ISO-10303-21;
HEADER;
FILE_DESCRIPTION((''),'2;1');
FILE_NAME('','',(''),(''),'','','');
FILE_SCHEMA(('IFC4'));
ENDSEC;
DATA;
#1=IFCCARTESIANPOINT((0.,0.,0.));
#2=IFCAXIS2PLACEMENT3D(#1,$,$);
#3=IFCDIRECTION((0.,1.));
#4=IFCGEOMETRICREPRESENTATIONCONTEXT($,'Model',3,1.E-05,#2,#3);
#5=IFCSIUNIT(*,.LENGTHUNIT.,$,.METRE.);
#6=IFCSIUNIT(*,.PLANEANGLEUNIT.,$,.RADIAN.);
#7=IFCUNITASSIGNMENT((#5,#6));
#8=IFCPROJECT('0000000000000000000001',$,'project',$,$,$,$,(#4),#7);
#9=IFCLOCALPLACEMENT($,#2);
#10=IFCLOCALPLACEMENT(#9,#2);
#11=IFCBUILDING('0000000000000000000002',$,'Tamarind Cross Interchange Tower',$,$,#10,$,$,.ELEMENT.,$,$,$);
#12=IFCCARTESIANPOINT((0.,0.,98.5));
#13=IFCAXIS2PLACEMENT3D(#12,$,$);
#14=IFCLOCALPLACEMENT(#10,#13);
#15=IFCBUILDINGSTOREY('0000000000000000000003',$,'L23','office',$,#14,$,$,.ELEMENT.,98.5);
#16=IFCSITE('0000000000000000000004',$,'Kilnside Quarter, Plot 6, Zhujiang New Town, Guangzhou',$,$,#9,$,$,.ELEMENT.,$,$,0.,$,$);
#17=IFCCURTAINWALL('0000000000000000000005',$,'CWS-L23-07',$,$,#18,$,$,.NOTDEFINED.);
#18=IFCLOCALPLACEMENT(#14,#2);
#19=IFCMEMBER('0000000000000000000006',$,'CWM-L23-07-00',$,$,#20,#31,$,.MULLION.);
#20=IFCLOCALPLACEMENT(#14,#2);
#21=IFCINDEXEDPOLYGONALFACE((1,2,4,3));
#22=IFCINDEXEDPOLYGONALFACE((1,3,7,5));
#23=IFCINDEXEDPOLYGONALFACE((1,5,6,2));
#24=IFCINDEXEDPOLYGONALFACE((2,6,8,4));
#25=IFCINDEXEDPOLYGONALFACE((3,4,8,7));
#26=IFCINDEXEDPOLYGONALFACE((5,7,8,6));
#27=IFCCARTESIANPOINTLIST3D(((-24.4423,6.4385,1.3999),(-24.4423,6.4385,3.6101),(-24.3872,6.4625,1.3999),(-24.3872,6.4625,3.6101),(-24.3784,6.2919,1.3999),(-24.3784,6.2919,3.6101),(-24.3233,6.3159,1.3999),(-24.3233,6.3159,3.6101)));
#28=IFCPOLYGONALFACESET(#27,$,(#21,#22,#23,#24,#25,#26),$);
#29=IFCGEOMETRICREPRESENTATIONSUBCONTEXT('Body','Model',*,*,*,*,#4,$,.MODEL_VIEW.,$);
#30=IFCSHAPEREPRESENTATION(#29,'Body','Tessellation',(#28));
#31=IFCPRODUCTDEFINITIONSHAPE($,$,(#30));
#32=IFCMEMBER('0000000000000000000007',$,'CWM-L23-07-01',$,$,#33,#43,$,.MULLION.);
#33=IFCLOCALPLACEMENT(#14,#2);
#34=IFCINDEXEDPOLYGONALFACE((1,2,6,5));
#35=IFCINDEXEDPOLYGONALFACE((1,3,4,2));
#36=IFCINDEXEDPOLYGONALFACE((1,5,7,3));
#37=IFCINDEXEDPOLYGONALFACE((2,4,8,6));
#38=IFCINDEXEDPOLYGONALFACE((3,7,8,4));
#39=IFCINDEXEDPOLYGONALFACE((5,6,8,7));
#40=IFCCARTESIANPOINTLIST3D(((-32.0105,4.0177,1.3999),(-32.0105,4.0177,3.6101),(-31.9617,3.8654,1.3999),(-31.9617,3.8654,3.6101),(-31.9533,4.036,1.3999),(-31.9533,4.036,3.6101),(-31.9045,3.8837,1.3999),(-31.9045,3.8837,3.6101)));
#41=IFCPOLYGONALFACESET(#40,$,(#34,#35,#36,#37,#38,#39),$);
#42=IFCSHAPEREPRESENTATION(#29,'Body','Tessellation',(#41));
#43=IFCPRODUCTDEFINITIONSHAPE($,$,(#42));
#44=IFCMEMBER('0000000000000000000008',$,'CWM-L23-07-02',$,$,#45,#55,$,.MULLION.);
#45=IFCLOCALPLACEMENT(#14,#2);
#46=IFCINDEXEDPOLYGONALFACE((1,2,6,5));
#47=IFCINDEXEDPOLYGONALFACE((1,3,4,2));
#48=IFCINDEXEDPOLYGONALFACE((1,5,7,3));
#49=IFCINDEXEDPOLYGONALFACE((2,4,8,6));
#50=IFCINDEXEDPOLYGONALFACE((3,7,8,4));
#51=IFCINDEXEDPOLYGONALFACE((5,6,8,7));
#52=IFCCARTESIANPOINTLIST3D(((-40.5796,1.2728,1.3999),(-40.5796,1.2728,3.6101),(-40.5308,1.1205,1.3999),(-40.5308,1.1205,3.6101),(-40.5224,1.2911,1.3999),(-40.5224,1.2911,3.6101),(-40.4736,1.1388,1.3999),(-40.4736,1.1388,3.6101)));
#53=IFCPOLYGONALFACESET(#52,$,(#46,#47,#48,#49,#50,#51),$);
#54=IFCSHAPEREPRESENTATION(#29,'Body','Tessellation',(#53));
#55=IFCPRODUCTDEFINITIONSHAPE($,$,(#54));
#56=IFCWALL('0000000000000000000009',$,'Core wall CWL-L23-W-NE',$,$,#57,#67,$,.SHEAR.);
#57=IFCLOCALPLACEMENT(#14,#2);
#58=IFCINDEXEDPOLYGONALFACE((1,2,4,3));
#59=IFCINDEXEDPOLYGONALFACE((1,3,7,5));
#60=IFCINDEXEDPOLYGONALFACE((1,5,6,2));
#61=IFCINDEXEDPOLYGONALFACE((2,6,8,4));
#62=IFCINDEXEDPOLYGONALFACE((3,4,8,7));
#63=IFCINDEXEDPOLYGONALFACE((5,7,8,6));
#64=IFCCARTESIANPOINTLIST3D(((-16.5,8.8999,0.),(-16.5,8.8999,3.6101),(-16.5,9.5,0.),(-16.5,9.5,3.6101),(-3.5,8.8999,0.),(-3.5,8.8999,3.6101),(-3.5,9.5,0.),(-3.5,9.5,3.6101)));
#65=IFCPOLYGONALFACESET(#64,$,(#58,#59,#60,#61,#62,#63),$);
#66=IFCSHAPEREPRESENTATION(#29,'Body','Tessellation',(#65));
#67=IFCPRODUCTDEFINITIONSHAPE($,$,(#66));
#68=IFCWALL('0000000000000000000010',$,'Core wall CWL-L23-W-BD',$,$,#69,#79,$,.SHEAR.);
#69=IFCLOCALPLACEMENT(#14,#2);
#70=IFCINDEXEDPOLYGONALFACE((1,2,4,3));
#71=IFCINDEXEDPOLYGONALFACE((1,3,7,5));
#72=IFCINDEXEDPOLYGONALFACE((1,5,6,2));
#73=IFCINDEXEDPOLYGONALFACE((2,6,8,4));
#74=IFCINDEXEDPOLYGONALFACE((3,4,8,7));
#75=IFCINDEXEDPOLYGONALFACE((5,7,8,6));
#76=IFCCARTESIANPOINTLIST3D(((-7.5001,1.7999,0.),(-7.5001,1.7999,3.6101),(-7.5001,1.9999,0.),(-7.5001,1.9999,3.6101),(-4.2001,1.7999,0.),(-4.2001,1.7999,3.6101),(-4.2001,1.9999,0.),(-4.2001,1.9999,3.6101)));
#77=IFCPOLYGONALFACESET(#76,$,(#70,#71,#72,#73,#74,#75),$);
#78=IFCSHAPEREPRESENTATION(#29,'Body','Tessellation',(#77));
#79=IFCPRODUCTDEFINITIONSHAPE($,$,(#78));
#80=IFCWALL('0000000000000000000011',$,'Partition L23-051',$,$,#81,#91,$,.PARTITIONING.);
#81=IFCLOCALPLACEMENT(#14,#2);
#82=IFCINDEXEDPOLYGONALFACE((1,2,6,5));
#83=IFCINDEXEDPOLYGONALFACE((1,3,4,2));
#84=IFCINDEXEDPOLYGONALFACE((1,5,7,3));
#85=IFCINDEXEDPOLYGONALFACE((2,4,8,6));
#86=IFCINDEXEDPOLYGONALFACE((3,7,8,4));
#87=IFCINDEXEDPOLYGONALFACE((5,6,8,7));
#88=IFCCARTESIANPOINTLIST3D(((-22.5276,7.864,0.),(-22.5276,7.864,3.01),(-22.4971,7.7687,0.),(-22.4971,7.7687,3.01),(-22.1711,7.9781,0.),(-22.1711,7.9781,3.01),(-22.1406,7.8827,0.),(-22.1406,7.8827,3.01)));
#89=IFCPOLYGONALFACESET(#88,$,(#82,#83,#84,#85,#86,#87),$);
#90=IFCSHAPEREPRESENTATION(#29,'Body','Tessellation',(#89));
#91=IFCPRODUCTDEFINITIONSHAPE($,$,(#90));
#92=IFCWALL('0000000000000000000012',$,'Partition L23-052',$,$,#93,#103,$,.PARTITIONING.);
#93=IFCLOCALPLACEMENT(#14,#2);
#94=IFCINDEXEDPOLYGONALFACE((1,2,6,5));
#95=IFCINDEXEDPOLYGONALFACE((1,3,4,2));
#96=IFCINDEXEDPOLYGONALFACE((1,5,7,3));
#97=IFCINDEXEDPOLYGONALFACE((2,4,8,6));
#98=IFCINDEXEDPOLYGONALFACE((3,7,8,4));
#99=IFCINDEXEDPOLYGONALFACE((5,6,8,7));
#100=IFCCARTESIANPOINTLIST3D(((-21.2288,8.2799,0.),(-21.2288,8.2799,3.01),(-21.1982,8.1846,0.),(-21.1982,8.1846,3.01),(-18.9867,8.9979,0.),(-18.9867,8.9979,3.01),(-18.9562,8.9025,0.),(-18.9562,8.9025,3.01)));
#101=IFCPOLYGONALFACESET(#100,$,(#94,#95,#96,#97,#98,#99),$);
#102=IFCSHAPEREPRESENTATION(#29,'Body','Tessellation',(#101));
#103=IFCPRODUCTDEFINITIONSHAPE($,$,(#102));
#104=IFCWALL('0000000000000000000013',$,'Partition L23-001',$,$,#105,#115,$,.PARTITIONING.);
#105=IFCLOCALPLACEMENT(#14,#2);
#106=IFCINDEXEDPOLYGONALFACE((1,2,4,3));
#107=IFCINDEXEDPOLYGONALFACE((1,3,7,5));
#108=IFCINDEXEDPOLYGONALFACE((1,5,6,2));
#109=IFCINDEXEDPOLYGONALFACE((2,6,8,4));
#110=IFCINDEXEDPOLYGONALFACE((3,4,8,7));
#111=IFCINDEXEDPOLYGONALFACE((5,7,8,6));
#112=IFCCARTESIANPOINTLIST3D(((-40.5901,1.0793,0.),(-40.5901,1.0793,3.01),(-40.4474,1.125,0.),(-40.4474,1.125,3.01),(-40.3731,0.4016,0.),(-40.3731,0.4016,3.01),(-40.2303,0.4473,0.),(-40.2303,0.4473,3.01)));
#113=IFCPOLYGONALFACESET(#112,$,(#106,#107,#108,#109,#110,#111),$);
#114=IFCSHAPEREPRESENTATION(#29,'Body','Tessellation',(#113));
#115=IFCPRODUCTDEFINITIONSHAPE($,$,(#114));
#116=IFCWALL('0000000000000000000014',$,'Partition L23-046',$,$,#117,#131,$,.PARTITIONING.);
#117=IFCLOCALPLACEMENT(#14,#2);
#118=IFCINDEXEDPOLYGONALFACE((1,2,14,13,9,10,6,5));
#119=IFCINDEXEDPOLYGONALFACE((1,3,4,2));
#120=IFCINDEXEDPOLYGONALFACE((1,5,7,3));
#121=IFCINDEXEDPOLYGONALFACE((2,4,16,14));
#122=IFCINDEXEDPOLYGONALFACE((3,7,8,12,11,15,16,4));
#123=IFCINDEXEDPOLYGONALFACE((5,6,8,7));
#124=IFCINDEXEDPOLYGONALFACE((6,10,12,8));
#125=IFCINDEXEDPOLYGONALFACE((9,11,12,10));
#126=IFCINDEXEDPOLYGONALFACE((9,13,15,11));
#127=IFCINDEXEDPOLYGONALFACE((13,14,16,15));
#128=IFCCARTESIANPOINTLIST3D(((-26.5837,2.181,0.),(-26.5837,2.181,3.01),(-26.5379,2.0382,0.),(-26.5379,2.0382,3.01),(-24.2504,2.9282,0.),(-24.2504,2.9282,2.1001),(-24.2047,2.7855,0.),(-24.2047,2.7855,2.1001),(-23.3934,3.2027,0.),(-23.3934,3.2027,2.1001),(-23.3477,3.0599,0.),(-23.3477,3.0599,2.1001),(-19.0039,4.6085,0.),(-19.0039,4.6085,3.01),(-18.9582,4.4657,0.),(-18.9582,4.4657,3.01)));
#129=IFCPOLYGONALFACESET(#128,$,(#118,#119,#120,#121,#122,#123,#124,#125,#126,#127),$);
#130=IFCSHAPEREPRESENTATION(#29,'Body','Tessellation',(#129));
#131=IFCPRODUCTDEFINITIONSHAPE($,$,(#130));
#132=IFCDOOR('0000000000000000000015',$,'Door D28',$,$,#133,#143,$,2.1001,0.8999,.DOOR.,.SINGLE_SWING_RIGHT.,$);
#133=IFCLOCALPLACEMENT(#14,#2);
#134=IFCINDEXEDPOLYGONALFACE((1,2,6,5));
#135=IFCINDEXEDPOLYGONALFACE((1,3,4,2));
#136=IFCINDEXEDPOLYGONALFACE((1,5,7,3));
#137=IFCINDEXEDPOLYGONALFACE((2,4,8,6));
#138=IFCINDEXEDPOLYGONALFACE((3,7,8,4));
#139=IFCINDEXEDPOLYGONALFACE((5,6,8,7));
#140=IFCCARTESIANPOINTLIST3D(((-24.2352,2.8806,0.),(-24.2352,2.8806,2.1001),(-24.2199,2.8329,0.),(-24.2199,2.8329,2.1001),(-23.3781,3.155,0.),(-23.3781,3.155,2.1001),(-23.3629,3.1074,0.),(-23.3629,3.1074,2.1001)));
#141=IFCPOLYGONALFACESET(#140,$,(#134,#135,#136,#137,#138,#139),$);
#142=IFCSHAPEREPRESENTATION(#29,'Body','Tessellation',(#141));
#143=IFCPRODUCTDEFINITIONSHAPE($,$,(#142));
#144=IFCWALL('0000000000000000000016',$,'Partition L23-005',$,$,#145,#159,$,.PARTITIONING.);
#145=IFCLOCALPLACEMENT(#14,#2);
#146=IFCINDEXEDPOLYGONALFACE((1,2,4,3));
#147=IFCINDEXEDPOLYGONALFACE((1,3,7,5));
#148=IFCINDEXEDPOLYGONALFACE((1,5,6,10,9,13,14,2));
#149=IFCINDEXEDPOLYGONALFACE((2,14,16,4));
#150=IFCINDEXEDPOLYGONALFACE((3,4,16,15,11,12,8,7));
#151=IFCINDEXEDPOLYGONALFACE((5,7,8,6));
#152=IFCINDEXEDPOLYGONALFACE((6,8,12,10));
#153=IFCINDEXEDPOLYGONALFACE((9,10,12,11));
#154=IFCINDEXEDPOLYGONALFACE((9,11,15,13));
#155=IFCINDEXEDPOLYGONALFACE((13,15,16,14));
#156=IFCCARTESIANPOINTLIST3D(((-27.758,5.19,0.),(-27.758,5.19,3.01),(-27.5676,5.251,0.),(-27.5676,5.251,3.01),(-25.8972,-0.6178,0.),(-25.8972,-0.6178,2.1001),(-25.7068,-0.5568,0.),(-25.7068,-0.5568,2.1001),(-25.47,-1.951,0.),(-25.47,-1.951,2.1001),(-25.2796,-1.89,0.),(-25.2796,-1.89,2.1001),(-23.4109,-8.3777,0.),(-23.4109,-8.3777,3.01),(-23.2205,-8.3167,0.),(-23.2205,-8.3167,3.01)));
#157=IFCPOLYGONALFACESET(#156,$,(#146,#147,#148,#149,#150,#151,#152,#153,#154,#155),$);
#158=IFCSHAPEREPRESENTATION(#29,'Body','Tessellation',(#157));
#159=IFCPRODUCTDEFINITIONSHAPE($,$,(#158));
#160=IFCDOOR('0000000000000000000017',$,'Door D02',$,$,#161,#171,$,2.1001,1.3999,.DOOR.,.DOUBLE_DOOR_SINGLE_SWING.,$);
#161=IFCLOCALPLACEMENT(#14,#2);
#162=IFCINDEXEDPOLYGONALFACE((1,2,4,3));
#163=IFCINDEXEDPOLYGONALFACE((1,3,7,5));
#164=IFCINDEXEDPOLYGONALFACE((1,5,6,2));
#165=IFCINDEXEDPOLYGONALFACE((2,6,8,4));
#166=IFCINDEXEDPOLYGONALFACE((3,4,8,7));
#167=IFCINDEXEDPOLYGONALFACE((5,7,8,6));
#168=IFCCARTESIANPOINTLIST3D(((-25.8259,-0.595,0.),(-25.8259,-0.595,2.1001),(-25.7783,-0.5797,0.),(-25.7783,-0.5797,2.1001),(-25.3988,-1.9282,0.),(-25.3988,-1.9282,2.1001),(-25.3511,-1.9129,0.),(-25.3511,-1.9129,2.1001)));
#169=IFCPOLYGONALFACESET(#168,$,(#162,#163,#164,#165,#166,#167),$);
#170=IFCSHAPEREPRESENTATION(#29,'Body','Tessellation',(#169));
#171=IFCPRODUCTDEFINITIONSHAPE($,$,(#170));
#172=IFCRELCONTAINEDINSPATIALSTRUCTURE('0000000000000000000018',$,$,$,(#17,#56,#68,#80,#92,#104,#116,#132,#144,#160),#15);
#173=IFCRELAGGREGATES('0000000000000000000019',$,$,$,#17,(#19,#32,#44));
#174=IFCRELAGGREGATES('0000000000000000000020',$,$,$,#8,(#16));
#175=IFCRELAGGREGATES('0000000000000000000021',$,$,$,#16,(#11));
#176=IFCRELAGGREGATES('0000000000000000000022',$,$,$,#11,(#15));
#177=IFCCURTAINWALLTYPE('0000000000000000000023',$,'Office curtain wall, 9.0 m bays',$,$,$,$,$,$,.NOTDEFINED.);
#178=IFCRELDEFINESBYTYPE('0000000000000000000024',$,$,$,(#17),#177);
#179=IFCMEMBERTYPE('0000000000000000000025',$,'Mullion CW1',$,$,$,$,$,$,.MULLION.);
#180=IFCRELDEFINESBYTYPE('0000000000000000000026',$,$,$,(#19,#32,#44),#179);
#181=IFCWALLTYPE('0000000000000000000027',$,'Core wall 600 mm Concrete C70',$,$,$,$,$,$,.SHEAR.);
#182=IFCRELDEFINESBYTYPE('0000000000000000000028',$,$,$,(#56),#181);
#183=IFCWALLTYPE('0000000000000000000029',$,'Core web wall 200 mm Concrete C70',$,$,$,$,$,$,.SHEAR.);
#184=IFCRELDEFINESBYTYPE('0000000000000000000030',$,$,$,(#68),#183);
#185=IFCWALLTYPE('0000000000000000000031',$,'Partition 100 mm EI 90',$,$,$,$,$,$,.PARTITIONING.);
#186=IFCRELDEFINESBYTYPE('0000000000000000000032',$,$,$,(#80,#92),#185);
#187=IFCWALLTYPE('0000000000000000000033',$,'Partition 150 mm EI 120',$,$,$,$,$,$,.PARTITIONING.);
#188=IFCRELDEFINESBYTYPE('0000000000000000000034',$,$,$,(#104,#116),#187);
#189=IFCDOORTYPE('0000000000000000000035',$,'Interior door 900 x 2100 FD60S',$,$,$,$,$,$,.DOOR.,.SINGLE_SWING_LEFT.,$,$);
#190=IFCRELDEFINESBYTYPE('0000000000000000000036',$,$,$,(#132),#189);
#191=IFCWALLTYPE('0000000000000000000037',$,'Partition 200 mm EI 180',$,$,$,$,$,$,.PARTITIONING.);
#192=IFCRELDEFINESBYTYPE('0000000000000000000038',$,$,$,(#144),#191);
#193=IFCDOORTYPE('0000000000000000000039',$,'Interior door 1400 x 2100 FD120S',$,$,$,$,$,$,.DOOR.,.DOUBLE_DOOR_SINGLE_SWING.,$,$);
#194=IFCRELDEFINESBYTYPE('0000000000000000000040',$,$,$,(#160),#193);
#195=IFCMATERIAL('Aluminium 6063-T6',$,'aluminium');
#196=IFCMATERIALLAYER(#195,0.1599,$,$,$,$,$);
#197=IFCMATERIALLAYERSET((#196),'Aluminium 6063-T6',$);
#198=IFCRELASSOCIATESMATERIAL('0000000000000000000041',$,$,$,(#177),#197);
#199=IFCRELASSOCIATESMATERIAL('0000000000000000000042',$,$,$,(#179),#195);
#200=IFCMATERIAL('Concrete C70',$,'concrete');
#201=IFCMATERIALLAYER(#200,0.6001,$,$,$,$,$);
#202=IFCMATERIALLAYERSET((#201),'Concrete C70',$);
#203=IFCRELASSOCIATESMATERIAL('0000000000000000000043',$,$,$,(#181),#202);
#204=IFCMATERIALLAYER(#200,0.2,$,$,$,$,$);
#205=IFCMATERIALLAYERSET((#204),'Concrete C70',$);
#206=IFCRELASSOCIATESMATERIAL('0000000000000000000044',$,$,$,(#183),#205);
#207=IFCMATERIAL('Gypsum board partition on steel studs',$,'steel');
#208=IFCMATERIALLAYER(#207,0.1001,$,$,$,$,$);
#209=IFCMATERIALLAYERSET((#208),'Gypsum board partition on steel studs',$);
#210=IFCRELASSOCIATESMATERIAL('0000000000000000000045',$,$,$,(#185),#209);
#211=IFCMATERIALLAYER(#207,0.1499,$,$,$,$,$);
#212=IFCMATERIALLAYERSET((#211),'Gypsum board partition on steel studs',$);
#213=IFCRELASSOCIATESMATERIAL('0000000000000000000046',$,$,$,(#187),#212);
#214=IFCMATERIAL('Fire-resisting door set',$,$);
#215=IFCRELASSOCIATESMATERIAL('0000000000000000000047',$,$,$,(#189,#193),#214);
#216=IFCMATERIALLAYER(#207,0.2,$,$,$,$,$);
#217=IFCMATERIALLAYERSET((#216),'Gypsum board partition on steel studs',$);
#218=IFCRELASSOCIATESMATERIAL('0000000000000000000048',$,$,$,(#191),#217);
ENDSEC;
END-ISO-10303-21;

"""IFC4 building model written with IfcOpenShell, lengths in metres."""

from ifc_helpers import new_model, si_unit, direction, frame, frame_2d, origin, origin_2d, place, context, subcontext, project, spatial, rectangle, extrude, material, layer, layer_set, material_profile, profile_set, type_object, element, fill, aggregate, save


model = new_model("IFC4")

# Units and contexts
model_context = context("Model", 3, precision=1e-05, world=origin(), true_north=direction((0.0, 1.0)))
body_context = subcontext(model_context, "Body", "Model", "MODEL_VIEW")
ifc_project = project(units=[si_unit("LENGTHUNIT", "METRE"), si_unit("PLANEANGLEUNIT", "RADIAN")], contexts=[model_context])

# Site, building, storey
site_placement = place(None, origin())
site = spatial("IfcSite", under=ifc_project, at=site_placement, Name="Kilnside Quarter, Plot 6, Zhujiang New Town, Guangzhou", CompositionType="ELEMENT", RefElevation=0.0)
building_placement = place(site_placement, origin())
building = spatial("IfcBuilding", under=site, at=building_placement, Name="Tamarind Cross Interchange Tower", CompositionType="ELEMENT")
storey_placement = place(building_placement, frame((0.0, 0.0, 98.5)))
storey = spatial("IfcBuildingStorey", under=building, at=storey_placement, Name="L23", Description="office", CompositionType="ELEMENT", Elevation=98.5)

# Curtain wall, members
ifc_material_1 = material(Name="Aluminium 6063-T6", Category="aluminium")
ifc_layer_1 = layer(ifc_material_1, 0.1599)
ifc_layer_set_1 = layer_set([ifc_layer_1], Name="Aluminium 6063-T6")
curtain_wall_type = type_object("IfcCurtainWallType", Name="Office curtain wall, 9.0 m bays", PredefinedType="NOTDEFINED", material=ifc_layer_set_1)
curtain_wall_placement = place(storey_placement, origin())
curtain_wall = element("IfcCurtainWall", 1, at=curtain_wall_placement, inside=storey, type_object=curtain_wall_type, Name="CWS-L23-07", PredefinedType="NOTDEFINED")
ifc_material_profile_1 = material_profile(ifc_material_1, rectangle(XDim=0.0601, YDim=0.1599, at=origin_2d()), Name="Mullion CW1")
ifc_profile_set_1 = profile_set([ifc_material_profile_1], Name="Aluminium 6063-T6")
member_type = type_object("IfcMemberType", Name="Mullion CW1", PredefinedType="MULLION", material=ifc_profile_set_1)
member_1_placement = place(storey_placement, frame((-24.3828, 6.3772, 1.3999), z_axis=(0.0, 0.0, 1.0), x_axis=(-0.916742, -0.399479, 0.0)))
member_1 = element("IfcMember", 2, at=member_1_placement, type_object=member_type, Name="CWM-L23-07-00", PredefinedType="MULLION", context=body_context, shape_type="SweptSolid", body=[
    extrude(rectangle(XDim=0.0601, YDim=0.1599, at=origin_2d()), origin(), (0.0, 0.0, 1.0), 2.2102),
])
member_2_placement = place(storey_placement, frame((-31.9575, 3.9507, 1.3999), z_axis=(0.0, 0.0, 1.0), x_axis=(-0.952334, -0.305057, 0.0)))
member_2 = element("IfcMember", 3, at=member_2_placement, type_object=member_type, Name="CWM-L23-07-01", PredefinedType="MULLION", context=body_context, shape_type="SweptSolid", body=[
    extrude(rectangle(XDim=0.0601, YDim=0.1599, at=origin_2d()), origin(), (0.0, 0.0, 1.0), 2.2102),
])
member_3_placement = place(storey_placement, frame((-40.5266, 1.2058, 1.3999), z_axis=(0.0, 0.0, 1.0), x_axis=(-0.952334, -0.305057, 0.0)))
member_3 = element("IfcMember", 4, at=member_3_placement, type_object=member_type, Name="CWM-L23-07-02", PredefinedType="MULLION", context=body_context, shape_type="SweptSolid", body=[
    extrude(rectangle(XDim=0.0601, YDim=0.1599, at=origin_2d()), origin(), (0.0, 0.0, 1.0), 2.2102),
])
aggregate(curtain_wall, [member_1, member_2, member_3])

# Walls
ifc_material_2 = material(Name="Concrete C70", Category="concrete")
ifc_layer_2 = layer(ifc_material_2, 0.6001)
ifc_layer_set_2 = layer_set([ifc_layer_2], Name="Concrete C70")
wall_type_1 = type_object("IfcWallType", Name="Core wall 600 mm Concrete C70", PredefinedType="SHEAR", material=ifc_layer_set_2)
wall_1_placement = place(storey_placement, frame((-16.5, 9.2, 0.0), z_axis=(0.0, 0.0, 1.0), x_axis=(1.0, 0.0, 0.0)))
element("IfcWall", 5, at=wall_1_placement, inside=storey, type_object=wall_type_1, Name="Core wall CWL-L23-W-NE", PredefinedType="SHEAR", context=body_context, shape_type="SweptSolid", body=[
    extrude(rectangle(XDim=13.0, YDim=0.6001, at=frame_2d((6.5, 0.0))), origin(), (0.0, 0.0, 1.0), 3.6101),
])
ifc_layer_3 = layer(ifc_material_2, 0.2)
ifc_layer_set_3 = layer_set([ifc_layer_3], Name="Concrete C70")
wall_type_2 = type_object("IfcWallType", Name="Core web wall 200 mm Concrete C70", PredefinedType="SHEAR", material=ifc_layer_set_3)
wall_2_placement = place(storey_placement, frame((-7.5, 1.8999, 0.0), z_axis=(0.0, 0.0, 1.0), x_axis=(1.0, 0.0, 0.0)))
element("IfcWall", 6, at=wall_2_placement, inside=storey, type_object=wall_type_2, Name="Core wall CWL-L23-W-BD", PredefinedType="SHEAR", context=body_context, shape_type="SweptSolid", body=[
    extrude(rectangle(XDim=3.3, YDim=0.2, at=frame_2d((1.6499, 0.0))), origin(), (0.0, 0.0, 1.0), 3.6101),
])
ifc_material_3 = material(Name="Gypsum board partition on steel studs", Category="steel")
ifc_layer_4 = layer(ifc_material_3, 0.1001)
ifc_layer_set_4 = layer_set([ifc_layer_4], Name="Gypsum board partition on steel studs")
wall_type_3 = type_object("IfcWallType", Name="Partition 100 mm EI 90", PredefinedType="PARTITIONING", material=ifc_layer_set_4)
wall_3_placement = place(storey_placement, frame((-22.5122, 7.8164, 0.0), z_axis=(0.0, 0.0, 1.0), x_axis=(0.952462, 0.304657, 0.0)))
element("IfcWall", 7, at=wall_3_placement, inside=storey, type_object=wall_type_3, Name="Partition L23-051", PredefinedType="PARTITIONING", context=body_context, shape_type="SweptSolid", body=[
    extrude(rectangle(XDim=0.3743, YDim=0.1001, at=frame_2d((0.187, 0.0))), origin(), (0.0, 0.0, 1.0), 3.01),
])
wall_4_placement = place(storey_placement, frame((-21.2136, 8.2322, 0.0), z_axis=(0.0, 0.0, 1.0), x_axis=(0.95236, 0.304975, 0.0)))
element("IfcWall", 8, at=wall_4_placement, inside=storey, type_object=wall_type_3, Name="Partition L23-052", PredefinedType="PARTITIONING", context=body_context, shape_type="SweptSolid", body=[
    extrude(rectangle(XDim=2.3542, YDim=0.1001, at=frame_2d((1.1772, 0.0))), origin(), (0.0, 0.0, 1.0), 3.01),
])
ifc_layer_5 = layer(ifc_material_3, 0.1499)
ifc_layer_set_5 = layer_set([ifc_layer_5], Name="Gypsum board partition on steel studs")
wall_type_4 = type_object("IfcWallType", Name="Partition 150 mm EI 120", PredefinedType="PARTITIONING", material=ifc_layer_set_5)
wall_5_placement = place(storey_placement, frame((-40.5188, 1.1023, 0.0), z_axis=(0.0, 0.0, 1.0), x_axis=(0.304987, -0.952356, 0.0)))
element("IfcWall", 9, at=wall_5_placement, inside=storey, type_object=wall_type_4, Name="Partition L23-001", PredefinedType="PARTITIONING", context=body_context, shape_type="SweptSolid", body=[
    extrude(rectangle(XDim=0.7117, YDim=0.1499, at=frame_2d((0.356, 0.0))), origin(), (0.0, 0.0, 1.0), 3.01),
])

# Walls, openings, doors
wall_6_placement = place(storey_placement, frame((-26.5608, 2.1096, 0.0), z_axis=(0.0, 0.0, 1.0), x_axis=(0.952353, 0.304997, 0.0)))
wall_6 = element("IfcWall", 10, at=wall_6_placement, inside=storey, type_object=wall_type_4, Name="Partition L23-046", PredefinedType="PARTITIONING", context=body_context, shape_type="SweptSolid", body=[
    extrude(rectangle(XDim=7.959, YDim=0.1499, at=frame_2d((3.9795, 0.0))), origin(), (0.0, 0.0, 1.0), 3.01),
])
opening_1_placement = place(wall_6_placement, frame((2.45, 0.0, 0.0)))
opening_1 = element("IfcOpeningElement", 11, at=opening_1_placement, cuts=wall_6, PredefinedType="OPENING", context=body_context, shape_type="SweptSolid", body=[
    extrude(rectangle(XDim=0.8999, YDim=2.1001, at=frame_2d((0.45, 1.05))), frame((0.0, 0.085, 0.0), z_axis=(0.0, -1.0, 0.0), x_axis=(1.0, 0.0, 0.0)), (0.0, 0.0, 1.0), 0.1699),
])
ifc_material_4 = material(Name="Fire-resisting door set")
door_type_1 = type_object("IfcDoorType", Name="Interior door 900 x 2100 FD60S", OperationType="SINGLE_SWING_LEFT", PredefinedType="DOOR", material=ifc_material_4)
door_1_placement = place(opening_1_placement, origin())
door_1 = element("IfcDoor", 12, at=door_1_placement, inside=storey, type_object=door_type_1, Name="Door D28", OperationType="SINGLE_SWING_RIGHT", OverallHeight=2.1001, OverallWidth=0.8999, PredefinedType="DOOR", context=body_context, shape_type="SweptSolid", body=[
    extrude(rectangle(XDim=0.8999, YDim=2.1001, at=frame_2d((0.45, 1.05))), frame((0.0, 0.0249, 0.0), z_axis=(0.0, -1.0, 0.0), x_axis=(1.0, 0.0, 0.0)), (0.0, 0.0, 1.0), 0.05),
])
fill(opening_1, door_1)
ifc_layer_6 = layer(ifc_material_3, 0.2)
ifc_layer_set_6 = layer_set([ifc_layer_6], Name="Gypsum board partition on steel studs")
wall_type_5 = type_object("IfcWallType", Name="Partition 200 mm EI 180", PredefinedType="PARTITIONING", material=ifc_layer_set_6)
wall_7_placement = place(storey_placement, frame((-27.6628, 5.2205, 0.0), z_axis=(0.0, 0.0, 1.0), x_axis=(0.305128, -0.952311, 0.0)))
wall_7 = element("IfcWall", 13, at=wall_7_placement, inside=storey, type_object=wall_type_5, Name="Partition L23-005", PredefinedType="PARTITIONING", context=body_context, shape_type="SweptSolid", body=[
    extrude(rectangle(XDim=14.2471, YDim=0.2, at=frame_2d((7.1235, 0.0))), origin(), (0.0, 0.0, 1.0), 3.01),
])
opening_2_placement = place(wall_7_placement, frame((6.0986, 0.0, 0.0)))
opening_2 = element("IfcOpeningElement", 14, at=opening_2_placement, cuts=wall_7, PredefinedType="OPENING", context=body_context, shape_type="SweptSolid", body=[
    extrude(rectangle(XDim=1.3999, YDim=2.1001, at=frame_2d((0.7, 1.05))), frame((0.0, 0.1099, 0.0), z_axis=(0.0, -1.0, 0.0), x_axis=(1.0, 0.0, 0.0)), (0.0, 0.0, 1.0), 0.22),
])
door_type_2 = type_object("IfcDoorType", Name="Interior door 1400 x 2100 FD120S", OperationType="DOUBLE_DOOR_SINGLE_SWING", PredefinedType="DOOR", material=ifc_material_4)
door_2_placement = place(opening_2_placement, origin())
door_2 = element("IfcDoor", 15, at=door_2_placement, inside=storey, type_object=door_type_2, Name="Door D02", OperationType="DOUBLE_DOOR_SINGLE_SWING", OverallHeight=2.1001, OverallWidth=1.3999, PredefinedType="DOOR", context=body_context, shape_type="SweptSolid", body=[
    extrude(rectangle(XDim=1.3999, YDim=2.1001, at=frame_2d((0.7, 1.05))), frame((0.0, 0.0249, 0.0), z_axis=(0.0, -1.0, 0.0), x_axis=(1.0, 0.0, 0.0)), (0.0, 0.0, 1.0), 0.05),
])
fill(opening_2, door_2)

save(model, "model.ifc")
